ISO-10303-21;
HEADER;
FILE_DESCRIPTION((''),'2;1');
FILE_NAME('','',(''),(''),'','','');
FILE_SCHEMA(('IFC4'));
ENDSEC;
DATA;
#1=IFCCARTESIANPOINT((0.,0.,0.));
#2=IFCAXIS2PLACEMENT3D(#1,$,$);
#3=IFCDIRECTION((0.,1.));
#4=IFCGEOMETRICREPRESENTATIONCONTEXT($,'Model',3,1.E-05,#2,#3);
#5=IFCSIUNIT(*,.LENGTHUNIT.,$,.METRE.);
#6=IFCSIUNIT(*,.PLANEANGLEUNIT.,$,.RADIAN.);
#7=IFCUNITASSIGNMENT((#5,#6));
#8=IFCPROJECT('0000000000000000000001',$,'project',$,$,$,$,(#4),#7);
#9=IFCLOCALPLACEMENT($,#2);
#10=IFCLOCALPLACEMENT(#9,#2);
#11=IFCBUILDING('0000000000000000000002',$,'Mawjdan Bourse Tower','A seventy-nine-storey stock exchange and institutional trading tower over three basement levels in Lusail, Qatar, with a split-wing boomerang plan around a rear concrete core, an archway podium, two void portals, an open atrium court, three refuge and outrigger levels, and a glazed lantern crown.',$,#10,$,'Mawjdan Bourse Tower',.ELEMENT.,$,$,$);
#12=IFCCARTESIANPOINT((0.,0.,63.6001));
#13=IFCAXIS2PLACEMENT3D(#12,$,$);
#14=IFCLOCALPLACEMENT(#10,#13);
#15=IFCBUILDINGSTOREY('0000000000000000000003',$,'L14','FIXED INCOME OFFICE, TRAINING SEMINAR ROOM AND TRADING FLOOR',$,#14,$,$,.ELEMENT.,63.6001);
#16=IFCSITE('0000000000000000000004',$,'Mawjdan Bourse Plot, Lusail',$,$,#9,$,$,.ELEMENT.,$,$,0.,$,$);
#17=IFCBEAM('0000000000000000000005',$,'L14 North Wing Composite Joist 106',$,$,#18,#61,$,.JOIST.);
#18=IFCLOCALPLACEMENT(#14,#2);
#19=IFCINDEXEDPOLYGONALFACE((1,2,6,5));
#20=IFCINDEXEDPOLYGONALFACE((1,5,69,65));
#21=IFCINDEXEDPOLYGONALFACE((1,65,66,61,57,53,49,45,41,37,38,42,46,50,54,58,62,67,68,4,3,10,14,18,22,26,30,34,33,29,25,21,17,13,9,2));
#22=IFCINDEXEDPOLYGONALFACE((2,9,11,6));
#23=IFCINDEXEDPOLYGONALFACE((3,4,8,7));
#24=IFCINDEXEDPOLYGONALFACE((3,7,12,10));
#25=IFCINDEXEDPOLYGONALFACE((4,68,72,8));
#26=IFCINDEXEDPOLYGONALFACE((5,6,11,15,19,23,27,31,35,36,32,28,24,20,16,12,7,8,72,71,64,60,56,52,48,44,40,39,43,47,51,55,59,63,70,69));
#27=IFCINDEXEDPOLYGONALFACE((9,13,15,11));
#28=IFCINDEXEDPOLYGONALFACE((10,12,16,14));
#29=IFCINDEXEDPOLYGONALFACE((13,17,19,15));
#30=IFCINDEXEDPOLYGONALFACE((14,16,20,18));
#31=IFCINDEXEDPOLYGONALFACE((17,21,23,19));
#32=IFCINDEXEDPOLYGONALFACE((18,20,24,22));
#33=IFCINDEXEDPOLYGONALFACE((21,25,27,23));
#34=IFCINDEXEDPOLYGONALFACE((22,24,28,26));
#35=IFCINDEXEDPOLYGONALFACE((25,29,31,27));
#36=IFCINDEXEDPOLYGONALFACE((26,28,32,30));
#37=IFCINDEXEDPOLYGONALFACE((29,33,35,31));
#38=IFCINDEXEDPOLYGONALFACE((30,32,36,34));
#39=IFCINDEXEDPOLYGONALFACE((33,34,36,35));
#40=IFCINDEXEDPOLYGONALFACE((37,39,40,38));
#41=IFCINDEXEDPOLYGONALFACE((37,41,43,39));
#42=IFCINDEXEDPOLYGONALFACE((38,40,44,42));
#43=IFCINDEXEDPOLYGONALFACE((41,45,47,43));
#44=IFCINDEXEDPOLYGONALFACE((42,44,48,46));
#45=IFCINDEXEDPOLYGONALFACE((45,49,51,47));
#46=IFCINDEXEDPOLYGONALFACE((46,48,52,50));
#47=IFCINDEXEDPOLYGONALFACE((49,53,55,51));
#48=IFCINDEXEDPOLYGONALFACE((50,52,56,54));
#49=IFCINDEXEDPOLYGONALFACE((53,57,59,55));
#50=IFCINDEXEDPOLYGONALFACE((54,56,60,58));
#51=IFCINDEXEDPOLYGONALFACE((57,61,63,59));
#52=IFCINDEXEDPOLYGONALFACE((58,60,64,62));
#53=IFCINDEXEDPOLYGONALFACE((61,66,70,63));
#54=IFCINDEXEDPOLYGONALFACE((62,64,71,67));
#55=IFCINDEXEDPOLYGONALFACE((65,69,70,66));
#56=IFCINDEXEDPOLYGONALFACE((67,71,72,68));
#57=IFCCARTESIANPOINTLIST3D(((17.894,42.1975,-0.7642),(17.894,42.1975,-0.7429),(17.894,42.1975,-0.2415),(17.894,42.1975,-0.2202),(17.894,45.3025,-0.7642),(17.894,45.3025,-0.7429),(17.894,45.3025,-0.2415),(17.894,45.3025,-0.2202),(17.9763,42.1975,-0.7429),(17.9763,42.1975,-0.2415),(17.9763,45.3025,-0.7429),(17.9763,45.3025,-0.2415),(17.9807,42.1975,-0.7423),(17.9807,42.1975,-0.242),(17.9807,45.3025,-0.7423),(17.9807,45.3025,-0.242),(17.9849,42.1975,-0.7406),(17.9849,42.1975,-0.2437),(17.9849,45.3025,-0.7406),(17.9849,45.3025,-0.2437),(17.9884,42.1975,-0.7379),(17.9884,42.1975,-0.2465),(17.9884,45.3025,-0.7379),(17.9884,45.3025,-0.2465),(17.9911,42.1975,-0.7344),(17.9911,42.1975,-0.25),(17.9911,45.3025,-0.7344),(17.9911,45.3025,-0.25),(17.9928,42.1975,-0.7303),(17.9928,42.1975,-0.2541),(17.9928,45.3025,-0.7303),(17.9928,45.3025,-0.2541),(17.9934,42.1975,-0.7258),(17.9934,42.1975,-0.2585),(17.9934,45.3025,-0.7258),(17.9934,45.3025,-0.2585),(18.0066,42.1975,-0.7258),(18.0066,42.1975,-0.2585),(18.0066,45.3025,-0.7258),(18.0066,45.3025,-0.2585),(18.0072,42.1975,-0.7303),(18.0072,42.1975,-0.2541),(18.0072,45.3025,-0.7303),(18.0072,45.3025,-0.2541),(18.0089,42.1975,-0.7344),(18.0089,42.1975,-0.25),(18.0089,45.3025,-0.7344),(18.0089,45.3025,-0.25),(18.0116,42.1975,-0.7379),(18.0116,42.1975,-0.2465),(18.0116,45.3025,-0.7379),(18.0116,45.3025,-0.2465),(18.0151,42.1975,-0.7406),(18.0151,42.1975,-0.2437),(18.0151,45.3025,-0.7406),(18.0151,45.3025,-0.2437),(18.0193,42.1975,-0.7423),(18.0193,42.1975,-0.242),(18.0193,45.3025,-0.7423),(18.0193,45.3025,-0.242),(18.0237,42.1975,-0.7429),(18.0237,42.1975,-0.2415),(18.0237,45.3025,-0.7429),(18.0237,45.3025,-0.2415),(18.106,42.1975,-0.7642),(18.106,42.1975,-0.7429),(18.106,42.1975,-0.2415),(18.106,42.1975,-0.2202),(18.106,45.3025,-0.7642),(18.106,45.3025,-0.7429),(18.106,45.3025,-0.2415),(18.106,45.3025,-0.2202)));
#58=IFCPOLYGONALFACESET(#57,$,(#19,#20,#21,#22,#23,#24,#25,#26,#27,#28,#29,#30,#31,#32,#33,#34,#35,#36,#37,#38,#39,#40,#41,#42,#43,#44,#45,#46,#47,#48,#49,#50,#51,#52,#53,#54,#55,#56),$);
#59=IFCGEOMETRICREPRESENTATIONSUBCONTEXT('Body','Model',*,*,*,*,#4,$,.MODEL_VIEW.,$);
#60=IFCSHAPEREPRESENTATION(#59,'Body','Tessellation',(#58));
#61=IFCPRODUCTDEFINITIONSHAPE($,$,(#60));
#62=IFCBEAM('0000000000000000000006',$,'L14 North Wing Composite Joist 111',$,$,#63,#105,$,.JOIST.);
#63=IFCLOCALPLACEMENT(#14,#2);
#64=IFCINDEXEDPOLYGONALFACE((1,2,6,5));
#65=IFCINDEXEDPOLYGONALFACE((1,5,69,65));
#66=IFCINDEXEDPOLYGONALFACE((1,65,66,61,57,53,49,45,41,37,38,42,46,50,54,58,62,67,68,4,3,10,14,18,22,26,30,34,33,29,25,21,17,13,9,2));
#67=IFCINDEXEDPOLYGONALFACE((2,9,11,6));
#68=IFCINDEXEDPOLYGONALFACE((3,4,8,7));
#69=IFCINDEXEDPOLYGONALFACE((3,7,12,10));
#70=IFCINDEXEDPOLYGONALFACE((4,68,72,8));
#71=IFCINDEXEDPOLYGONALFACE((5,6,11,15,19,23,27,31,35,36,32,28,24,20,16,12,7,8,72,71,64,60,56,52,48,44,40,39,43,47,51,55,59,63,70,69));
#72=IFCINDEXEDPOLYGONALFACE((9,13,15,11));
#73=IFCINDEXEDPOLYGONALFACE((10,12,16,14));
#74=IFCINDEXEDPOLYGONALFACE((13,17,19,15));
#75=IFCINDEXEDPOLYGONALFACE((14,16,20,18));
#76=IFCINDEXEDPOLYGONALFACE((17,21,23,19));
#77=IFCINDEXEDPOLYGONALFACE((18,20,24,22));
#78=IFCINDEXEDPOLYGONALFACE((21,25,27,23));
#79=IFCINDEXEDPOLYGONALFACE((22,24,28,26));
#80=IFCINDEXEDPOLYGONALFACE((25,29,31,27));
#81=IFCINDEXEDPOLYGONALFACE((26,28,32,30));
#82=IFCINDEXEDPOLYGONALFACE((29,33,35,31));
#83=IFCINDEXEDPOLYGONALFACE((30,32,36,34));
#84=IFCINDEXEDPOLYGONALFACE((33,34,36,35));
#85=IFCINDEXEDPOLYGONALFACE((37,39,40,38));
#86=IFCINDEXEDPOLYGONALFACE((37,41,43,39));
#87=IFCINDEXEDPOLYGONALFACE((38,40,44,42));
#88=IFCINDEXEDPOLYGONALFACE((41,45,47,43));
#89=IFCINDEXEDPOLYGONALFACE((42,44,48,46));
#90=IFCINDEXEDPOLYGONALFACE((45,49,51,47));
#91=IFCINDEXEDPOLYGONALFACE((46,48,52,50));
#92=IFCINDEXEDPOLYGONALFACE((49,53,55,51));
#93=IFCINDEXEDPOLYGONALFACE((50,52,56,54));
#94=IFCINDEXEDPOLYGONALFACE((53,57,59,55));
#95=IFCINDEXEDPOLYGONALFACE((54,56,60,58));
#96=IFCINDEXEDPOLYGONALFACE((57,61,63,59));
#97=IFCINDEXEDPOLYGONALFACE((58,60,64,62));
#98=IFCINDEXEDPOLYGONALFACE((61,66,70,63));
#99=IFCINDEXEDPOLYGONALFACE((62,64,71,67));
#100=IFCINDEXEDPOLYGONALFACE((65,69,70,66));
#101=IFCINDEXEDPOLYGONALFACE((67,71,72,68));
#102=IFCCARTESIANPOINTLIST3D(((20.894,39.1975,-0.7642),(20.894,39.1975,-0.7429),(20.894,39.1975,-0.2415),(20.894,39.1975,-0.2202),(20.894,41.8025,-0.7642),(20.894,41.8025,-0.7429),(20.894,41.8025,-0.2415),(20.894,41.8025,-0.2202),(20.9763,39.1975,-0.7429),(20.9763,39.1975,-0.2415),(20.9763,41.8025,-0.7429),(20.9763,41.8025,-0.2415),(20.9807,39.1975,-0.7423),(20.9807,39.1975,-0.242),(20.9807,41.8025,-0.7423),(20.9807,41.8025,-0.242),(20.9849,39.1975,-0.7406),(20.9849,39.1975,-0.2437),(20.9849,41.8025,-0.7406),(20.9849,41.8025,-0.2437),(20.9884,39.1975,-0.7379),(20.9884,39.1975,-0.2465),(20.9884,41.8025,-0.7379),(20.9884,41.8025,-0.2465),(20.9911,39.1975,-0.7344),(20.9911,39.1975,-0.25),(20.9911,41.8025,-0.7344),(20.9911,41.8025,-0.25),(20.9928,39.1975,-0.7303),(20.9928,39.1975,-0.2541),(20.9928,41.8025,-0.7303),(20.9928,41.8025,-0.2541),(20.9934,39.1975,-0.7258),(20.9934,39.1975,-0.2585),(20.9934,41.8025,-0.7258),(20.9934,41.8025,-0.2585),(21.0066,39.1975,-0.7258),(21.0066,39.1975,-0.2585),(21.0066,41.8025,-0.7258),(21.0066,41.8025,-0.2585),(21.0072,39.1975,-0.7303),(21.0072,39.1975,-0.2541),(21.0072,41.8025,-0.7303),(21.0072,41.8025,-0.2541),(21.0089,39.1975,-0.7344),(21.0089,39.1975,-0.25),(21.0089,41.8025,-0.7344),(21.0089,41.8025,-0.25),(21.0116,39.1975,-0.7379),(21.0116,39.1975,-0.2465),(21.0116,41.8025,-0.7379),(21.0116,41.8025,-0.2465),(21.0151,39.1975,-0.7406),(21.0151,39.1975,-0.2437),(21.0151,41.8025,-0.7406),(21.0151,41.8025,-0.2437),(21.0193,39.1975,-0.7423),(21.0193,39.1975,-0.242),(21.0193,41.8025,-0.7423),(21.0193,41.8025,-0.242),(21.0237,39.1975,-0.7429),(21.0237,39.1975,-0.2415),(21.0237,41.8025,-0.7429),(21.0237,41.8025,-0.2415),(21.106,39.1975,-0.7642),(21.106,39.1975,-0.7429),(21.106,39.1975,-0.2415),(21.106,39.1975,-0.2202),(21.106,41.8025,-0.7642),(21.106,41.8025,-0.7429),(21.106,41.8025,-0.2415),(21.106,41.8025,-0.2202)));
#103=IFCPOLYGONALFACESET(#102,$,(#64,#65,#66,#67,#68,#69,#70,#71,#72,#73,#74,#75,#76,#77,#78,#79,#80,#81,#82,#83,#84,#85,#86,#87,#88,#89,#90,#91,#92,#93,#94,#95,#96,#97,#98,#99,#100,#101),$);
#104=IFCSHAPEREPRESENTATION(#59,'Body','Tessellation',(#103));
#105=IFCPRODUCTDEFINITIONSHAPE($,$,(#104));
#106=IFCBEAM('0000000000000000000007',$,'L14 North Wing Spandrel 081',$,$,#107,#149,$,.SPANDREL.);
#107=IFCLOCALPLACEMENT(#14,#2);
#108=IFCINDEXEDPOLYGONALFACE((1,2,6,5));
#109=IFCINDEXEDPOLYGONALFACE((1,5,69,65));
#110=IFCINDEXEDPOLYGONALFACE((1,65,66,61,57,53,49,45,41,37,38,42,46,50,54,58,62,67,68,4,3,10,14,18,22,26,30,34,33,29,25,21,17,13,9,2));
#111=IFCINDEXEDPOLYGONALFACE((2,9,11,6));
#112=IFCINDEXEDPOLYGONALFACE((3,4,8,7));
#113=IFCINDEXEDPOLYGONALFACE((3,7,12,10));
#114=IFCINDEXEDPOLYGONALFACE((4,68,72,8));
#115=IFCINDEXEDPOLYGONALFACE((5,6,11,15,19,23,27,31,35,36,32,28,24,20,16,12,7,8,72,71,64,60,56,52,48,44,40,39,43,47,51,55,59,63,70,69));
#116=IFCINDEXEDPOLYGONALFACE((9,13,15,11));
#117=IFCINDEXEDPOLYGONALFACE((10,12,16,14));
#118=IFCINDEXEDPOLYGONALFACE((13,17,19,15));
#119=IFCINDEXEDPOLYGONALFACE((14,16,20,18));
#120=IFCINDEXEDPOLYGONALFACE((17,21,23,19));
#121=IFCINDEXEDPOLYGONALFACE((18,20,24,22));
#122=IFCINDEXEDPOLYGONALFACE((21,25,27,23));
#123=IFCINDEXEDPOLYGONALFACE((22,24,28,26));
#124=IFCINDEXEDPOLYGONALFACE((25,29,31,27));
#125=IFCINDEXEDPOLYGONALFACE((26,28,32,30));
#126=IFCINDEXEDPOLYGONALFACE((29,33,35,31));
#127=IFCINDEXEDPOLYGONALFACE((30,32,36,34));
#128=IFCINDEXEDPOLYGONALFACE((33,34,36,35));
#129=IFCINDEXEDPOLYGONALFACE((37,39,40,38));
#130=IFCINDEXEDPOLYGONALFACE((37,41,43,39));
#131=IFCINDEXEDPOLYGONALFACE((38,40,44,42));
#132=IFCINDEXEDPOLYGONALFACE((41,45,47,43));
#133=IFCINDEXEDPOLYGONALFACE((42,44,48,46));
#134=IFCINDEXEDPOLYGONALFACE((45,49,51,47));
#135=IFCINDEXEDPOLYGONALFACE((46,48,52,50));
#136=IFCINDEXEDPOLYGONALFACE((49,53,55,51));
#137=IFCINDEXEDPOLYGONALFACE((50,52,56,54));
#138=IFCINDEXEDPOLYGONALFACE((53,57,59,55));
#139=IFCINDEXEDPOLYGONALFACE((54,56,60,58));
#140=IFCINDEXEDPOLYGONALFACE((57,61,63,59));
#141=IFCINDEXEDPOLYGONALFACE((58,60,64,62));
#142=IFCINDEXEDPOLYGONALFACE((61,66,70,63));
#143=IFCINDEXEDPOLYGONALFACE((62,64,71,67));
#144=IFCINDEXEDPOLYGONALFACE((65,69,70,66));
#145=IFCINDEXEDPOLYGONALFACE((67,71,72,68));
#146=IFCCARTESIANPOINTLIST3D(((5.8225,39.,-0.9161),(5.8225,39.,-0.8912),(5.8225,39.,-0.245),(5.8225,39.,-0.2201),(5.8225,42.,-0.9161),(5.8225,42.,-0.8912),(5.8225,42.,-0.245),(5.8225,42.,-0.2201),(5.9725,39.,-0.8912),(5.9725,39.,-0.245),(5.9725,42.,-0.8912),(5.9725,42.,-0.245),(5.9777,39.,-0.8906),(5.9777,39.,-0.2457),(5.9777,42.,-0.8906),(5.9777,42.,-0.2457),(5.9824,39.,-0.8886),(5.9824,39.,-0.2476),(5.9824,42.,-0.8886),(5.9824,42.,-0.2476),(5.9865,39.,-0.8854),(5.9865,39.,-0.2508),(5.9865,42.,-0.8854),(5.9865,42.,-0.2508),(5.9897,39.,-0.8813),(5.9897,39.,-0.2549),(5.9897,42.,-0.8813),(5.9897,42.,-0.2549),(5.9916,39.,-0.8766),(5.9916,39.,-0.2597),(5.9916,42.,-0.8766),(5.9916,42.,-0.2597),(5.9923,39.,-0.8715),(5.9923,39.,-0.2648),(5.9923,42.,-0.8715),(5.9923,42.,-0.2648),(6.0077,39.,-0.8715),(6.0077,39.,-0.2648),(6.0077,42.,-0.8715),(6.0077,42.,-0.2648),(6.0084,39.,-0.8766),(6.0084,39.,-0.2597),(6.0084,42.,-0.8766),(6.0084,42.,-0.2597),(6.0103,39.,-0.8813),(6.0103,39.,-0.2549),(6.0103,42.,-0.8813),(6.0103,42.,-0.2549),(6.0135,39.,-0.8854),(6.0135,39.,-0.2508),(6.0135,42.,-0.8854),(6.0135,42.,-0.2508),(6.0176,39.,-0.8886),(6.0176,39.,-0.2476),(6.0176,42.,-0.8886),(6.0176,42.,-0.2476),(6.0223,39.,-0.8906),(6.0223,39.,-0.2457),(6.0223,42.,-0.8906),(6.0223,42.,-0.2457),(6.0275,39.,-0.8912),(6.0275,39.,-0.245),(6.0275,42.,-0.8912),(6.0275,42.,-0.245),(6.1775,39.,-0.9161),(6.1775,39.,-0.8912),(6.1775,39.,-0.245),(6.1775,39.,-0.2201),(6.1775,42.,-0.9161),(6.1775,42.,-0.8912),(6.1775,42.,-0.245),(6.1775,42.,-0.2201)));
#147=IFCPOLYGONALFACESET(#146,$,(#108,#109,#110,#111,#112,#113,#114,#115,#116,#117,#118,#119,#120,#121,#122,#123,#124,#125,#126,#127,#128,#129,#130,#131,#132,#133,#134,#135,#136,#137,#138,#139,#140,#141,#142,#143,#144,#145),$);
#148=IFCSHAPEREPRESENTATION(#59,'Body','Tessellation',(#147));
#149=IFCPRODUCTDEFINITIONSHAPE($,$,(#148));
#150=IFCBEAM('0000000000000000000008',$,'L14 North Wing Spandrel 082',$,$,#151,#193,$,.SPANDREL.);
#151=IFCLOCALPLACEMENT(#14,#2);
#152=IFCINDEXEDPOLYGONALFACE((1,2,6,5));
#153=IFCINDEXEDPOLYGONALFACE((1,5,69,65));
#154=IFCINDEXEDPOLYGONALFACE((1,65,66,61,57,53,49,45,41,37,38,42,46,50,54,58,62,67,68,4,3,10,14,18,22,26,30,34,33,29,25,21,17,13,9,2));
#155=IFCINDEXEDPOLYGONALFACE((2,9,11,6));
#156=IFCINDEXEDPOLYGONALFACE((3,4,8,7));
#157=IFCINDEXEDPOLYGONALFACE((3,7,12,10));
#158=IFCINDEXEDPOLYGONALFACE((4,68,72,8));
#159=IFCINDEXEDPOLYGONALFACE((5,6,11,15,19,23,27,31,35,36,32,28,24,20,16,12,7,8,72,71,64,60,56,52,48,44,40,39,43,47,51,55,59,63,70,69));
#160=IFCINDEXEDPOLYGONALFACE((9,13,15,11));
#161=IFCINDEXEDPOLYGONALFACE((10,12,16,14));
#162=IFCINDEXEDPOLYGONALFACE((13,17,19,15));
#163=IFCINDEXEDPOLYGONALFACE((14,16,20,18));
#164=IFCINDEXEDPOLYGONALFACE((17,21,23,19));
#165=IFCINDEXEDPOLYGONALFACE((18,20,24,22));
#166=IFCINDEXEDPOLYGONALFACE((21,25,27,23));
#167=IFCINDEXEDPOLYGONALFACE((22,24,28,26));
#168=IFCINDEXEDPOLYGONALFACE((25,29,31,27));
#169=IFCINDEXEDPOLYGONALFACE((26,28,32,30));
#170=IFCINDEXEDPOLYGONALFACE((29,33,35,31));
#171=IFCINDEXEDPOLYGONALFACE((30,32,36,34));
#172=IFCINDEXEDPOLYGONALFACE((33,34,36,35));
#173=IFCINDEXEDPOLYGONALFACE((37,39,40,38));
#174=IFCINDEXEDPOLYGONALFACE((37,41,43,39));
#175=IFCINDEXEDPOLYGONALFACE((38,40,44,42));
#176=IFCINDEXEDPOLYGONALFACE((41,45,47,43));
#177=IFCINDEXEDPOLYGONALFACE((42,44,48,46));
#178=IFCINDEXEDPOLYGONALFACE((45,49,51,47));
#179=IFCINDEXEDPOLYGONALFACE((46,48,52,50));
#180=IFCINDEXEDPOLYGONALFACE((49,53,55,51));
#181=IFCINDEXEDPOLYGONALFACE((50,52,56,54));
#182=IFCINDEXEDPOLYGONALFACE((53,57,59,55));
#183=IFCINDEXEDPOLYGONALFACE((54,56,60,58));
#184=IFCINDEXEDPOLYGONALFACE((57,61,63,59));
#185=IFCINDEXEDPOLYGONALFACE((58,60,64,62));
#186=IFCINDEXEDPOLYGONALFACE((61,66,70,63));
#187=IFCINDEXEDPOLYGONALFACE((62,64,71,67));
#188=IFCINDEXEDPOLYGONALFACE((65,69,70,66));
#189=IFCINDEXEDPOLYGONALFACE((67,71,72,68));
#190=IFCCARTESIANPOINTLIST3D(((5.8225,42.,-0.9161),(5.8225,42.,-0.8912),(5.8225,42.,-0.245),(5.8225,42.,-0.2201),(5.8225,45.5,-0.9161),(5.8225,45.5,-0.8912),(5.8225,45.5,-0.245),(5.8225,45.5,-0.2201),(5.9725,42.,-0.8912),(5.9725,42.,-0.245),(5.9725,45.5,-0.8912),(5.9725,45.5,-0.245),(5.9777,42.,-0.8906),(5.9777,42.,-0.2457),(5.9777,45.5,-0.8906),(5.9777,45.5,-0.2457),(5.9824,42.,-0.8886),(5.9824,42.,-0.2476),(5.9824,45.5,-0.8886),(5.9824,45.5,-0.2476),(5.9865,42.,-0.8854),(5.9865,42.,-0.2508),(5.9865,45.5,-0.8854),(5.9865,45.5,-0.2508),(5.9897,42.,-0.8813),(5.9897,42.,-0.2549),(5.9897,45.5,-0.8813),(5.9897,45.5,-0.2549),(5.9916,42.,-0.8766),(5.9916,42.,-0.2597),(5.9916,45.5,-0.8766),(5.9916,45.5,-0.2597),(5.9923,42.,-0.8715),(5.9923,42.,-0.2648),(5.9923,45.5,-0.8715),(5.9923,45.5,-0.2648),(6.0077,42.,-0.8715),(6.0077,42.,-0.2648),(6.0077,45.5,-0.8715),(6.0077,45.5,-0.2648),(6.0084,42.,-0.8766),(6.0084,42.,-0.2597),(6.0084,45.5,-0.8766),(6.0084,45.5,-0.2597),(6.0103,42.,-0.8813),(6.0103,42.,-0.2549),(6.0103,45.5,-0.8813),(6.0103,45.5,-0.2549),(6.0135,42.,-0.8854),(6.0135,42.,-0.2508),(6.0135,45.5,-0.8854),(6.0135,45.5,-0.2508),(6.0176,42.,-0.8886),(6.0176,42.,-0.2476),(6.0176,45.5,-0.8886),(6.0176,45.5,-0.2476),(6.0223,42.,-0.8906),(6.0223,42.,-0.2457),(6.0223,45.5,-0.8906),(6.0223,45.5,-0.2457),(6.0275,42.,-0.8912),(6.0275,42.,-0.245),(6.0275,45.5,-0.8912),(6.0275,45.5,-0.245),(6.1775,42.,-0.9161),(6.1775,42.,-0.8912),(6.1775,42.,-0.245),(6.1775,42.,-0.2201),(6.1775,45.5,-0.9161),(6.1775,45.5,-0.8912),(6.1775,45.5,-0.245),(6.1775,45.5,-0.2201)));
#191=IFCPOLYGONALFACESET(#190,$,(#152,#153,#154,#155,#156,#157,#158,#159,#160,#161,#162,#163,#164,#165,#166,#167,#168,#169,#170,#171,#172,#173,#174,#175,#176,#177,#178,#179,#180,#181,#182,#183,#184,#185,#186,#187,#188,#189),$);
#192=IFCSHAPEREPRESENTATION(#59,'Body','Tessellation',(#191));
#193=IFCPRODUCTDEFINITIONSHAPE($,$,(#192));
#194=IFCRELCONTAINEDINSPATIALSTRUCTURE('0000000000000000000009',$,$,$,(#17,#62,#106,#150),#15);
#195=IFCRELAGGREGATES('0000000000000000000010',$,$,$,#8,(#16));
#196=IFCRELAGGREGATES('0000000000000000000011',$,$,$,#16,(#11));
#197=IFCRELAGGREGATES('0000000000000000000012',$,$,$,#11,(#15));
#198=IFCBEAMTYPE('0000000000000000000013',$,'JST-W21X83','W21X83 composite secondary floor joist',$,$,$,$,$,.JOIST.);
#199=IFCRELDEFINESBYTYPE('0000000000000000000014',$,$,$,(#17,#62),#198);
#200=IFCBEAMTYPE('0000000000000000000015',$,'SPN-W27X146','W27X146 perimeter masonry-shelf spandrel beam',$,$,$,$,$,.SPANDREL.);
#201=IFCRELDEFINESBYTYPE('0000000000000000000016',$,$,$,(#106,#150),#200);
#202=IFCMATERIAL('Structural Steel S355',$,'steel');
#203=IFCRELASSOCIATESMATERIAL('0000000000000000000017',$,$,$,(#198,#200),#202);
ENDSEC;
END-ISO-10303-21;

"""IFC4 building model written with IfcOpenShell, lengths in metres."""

from ifc_helpers import new_model, si_unit, direction, frame, origin, origin_2d, place, context, subcontext, project, spatial, i_section, extrude, material, material_profile, profile_set, type_object, element, save


model = new_model("IFC4")

# Units and contexts
model_context = context("Model", 3, precision=1e-05, world=origin(), true_north=direction((0.0, 1.0)))
body_context = subcontext(model_context, "Body", "Model", "MODEL_VIEW")
ifc_project = project(units=[si_unit("LENGTHUNIT", "METRE"), si_unit("PLANEANGLEUNIT", "RADIAN")], contexts=[model_context])

# Site, building, storey
site_placement = place(None, origin())
site = spatial("IfcSite", under=ifc_project, at=site_placement, Name="Mawjdan Bourse Plot, Lusail", CompositionType="ELEMENT", RefElevation=0.0)
building_placement = place(site_placement, origin())
building = spatial("IfcBuilding", under=site, at=building_placement, Name="Mawjdan Bourse Tower", Description="A seventy-nine-storey stock exchange and institutional trading tower over three basement levels in Lusail, Qatar, with a split-wing boomerang plan around a rear concrete core, an archway podium, two void portals, an open atrium court, three refuge and outrigger levels, and a glazed lantern crown.", LongName="Mawjdan Bourse Tower", CompositionType="ELEMENT")
storey_placement = place(building_placement, frame((0.0, 0.0, 63.6001)))
storey = spatial("IfcBuildingStorey", under=building, at=storey_placement, Name="L14", Description="FIXED INCOME OFFICE, TRAINING SEMINAR ROOM AND TRADING FLOOR", CompositionType="ELEMENT", Elevation=63.6001)

# Beams
ifc_material_1 = material(Name="Structural Steel S355", Category="steel")
ifc_material_profile_1 = material_profile(ifc_material_1, i_section(OverallWidth=0.2119, OverallDepth=0.5439, WebThickness=0.0132, FlangeThickness=0.0212, FilletRadius=0.0171, at=origin_2d()), Name="W21X83")
ifc_profile_set_1 = profile_set([ifc_material_profile_1], Name="Structural Steel S355")
beam_type_1 = type_object("IfcBeamType", Name="JST-W21X83", Description="W21X83 composite secondary floor joist", PredefinedType="JOIST", material=ifc_profile_set_1)
beam_1_placement = place(storey_placement, frame((18.0, 42.1975, -0.4922), z_axis=(0.0, 1.0, 0.0), x_axis=(-1.0, 0.0, 0.0)))
element("IfcBeam", 1, at=beam_1_placement, inside=storey, type_object=beam_type_1, Name="L14 North Wing Composite Joist 106", PredefinedType="JOIST", context=body_context, shape_type="SweptSolid", body=[
    extrude(i_section(OverallWidth=0.2119, OverallDepth=0.5439, WebThickness=0.0132, FlangeThickness=0.0212, FilletRadius=0.0171, at=origin_2d()), origin(), (0.0, 0.0, 1.0), 3.105),
])
beam_2_placement = place(storey_placement, frame((21.0, 39.1975, -0.4922), z_axis=(0.0, 1.0, 0.0), x_axis=(-1.0, 0.0, 0.0)))
element("IfcBeam", 2, at=beam_2_placement, inside=storey, type_object=beam_type_1, Name="L14 North Wing Composite Joist 111", PredefinedType="JOIST", context=body_context, shape_type="SweptSolid", body=[
    extrude(i_section(OverallWidth=0.2119, OverallDepth=0.5439, WebThickness=0.0132, FlangeThickness=0.0212, FilletRadius=0.0171, at=origin_2d()), origin(), (0.0, 0.0, 1.0), 2.605),
])
ifc_material_profile_2 = material_profile(ifc_material_1, i_section(OverallWidth=0.355, OverallDepth=0.696, WebThickness=0.0154, FlangeThickness=0.0249, FilletRadius=0.0198, at=origin_2d()), Name="W27X146")
ifc_profile_set_2 = profile_set([ifc_material_profile_2], Name="Structural Steel S355")
beam_type_2 = type_object("IfcBeamType", Name="SPN-W27X146", Description="W27X146 perimeter masonry-shelf spandrel beam", PredefinedType="SPANDREL", material=ifc_profile_set_2)
beam_3_placement = place(storey_placement, frame((6.0, 39.0, -0.5681), z_axis=(0.0, 1.0, 0.0), x_axis=(-1.0, 0.0, 0.0)))
element("IfcBeam", 3, at=beam_3_placement, inside=storey, type_object=beam_type_2, Name="L14 North Wing Spandrel 081", PredefinedType="SPANDREL", context=body_context, shape_type="SweptSolid", body=[
    extrude(i_section(OverallWidth=0.355, OverallDepth=0.696, WebThickness=0.0154, FlangeThickness=0.0249, FilletRadius=0.0198, at=origin_2d()), origin(), (0.0, 0.0, 1.0), 3.0),
])
beam_4_placement = place(storey_placement, frame((6.0, 42.0, -0.5681), z_axis=(0.0, 1.0, 0.0), x_axis=(-1.0, 0.0, 0.0)))
element("IfcBeam", 4, at=beam_4_placement, inside=storey, type_object=beam_type_2, Name="L14 North Wing Spandrel 082", PredefinedType="SPANDREL", context=body_context, shape_type="SweptSolid", body=[
    extrude(i_section(OverallWidth=0.355, OverallDepth=0.696, WebThickness=0.0154, FlangeThickness=0.0249, FilletRadius=0.0198, at=origin_2d()), origin(), (0.0, 0.0, 1.0), 3.5),
])

save(model, "model.ifc")
